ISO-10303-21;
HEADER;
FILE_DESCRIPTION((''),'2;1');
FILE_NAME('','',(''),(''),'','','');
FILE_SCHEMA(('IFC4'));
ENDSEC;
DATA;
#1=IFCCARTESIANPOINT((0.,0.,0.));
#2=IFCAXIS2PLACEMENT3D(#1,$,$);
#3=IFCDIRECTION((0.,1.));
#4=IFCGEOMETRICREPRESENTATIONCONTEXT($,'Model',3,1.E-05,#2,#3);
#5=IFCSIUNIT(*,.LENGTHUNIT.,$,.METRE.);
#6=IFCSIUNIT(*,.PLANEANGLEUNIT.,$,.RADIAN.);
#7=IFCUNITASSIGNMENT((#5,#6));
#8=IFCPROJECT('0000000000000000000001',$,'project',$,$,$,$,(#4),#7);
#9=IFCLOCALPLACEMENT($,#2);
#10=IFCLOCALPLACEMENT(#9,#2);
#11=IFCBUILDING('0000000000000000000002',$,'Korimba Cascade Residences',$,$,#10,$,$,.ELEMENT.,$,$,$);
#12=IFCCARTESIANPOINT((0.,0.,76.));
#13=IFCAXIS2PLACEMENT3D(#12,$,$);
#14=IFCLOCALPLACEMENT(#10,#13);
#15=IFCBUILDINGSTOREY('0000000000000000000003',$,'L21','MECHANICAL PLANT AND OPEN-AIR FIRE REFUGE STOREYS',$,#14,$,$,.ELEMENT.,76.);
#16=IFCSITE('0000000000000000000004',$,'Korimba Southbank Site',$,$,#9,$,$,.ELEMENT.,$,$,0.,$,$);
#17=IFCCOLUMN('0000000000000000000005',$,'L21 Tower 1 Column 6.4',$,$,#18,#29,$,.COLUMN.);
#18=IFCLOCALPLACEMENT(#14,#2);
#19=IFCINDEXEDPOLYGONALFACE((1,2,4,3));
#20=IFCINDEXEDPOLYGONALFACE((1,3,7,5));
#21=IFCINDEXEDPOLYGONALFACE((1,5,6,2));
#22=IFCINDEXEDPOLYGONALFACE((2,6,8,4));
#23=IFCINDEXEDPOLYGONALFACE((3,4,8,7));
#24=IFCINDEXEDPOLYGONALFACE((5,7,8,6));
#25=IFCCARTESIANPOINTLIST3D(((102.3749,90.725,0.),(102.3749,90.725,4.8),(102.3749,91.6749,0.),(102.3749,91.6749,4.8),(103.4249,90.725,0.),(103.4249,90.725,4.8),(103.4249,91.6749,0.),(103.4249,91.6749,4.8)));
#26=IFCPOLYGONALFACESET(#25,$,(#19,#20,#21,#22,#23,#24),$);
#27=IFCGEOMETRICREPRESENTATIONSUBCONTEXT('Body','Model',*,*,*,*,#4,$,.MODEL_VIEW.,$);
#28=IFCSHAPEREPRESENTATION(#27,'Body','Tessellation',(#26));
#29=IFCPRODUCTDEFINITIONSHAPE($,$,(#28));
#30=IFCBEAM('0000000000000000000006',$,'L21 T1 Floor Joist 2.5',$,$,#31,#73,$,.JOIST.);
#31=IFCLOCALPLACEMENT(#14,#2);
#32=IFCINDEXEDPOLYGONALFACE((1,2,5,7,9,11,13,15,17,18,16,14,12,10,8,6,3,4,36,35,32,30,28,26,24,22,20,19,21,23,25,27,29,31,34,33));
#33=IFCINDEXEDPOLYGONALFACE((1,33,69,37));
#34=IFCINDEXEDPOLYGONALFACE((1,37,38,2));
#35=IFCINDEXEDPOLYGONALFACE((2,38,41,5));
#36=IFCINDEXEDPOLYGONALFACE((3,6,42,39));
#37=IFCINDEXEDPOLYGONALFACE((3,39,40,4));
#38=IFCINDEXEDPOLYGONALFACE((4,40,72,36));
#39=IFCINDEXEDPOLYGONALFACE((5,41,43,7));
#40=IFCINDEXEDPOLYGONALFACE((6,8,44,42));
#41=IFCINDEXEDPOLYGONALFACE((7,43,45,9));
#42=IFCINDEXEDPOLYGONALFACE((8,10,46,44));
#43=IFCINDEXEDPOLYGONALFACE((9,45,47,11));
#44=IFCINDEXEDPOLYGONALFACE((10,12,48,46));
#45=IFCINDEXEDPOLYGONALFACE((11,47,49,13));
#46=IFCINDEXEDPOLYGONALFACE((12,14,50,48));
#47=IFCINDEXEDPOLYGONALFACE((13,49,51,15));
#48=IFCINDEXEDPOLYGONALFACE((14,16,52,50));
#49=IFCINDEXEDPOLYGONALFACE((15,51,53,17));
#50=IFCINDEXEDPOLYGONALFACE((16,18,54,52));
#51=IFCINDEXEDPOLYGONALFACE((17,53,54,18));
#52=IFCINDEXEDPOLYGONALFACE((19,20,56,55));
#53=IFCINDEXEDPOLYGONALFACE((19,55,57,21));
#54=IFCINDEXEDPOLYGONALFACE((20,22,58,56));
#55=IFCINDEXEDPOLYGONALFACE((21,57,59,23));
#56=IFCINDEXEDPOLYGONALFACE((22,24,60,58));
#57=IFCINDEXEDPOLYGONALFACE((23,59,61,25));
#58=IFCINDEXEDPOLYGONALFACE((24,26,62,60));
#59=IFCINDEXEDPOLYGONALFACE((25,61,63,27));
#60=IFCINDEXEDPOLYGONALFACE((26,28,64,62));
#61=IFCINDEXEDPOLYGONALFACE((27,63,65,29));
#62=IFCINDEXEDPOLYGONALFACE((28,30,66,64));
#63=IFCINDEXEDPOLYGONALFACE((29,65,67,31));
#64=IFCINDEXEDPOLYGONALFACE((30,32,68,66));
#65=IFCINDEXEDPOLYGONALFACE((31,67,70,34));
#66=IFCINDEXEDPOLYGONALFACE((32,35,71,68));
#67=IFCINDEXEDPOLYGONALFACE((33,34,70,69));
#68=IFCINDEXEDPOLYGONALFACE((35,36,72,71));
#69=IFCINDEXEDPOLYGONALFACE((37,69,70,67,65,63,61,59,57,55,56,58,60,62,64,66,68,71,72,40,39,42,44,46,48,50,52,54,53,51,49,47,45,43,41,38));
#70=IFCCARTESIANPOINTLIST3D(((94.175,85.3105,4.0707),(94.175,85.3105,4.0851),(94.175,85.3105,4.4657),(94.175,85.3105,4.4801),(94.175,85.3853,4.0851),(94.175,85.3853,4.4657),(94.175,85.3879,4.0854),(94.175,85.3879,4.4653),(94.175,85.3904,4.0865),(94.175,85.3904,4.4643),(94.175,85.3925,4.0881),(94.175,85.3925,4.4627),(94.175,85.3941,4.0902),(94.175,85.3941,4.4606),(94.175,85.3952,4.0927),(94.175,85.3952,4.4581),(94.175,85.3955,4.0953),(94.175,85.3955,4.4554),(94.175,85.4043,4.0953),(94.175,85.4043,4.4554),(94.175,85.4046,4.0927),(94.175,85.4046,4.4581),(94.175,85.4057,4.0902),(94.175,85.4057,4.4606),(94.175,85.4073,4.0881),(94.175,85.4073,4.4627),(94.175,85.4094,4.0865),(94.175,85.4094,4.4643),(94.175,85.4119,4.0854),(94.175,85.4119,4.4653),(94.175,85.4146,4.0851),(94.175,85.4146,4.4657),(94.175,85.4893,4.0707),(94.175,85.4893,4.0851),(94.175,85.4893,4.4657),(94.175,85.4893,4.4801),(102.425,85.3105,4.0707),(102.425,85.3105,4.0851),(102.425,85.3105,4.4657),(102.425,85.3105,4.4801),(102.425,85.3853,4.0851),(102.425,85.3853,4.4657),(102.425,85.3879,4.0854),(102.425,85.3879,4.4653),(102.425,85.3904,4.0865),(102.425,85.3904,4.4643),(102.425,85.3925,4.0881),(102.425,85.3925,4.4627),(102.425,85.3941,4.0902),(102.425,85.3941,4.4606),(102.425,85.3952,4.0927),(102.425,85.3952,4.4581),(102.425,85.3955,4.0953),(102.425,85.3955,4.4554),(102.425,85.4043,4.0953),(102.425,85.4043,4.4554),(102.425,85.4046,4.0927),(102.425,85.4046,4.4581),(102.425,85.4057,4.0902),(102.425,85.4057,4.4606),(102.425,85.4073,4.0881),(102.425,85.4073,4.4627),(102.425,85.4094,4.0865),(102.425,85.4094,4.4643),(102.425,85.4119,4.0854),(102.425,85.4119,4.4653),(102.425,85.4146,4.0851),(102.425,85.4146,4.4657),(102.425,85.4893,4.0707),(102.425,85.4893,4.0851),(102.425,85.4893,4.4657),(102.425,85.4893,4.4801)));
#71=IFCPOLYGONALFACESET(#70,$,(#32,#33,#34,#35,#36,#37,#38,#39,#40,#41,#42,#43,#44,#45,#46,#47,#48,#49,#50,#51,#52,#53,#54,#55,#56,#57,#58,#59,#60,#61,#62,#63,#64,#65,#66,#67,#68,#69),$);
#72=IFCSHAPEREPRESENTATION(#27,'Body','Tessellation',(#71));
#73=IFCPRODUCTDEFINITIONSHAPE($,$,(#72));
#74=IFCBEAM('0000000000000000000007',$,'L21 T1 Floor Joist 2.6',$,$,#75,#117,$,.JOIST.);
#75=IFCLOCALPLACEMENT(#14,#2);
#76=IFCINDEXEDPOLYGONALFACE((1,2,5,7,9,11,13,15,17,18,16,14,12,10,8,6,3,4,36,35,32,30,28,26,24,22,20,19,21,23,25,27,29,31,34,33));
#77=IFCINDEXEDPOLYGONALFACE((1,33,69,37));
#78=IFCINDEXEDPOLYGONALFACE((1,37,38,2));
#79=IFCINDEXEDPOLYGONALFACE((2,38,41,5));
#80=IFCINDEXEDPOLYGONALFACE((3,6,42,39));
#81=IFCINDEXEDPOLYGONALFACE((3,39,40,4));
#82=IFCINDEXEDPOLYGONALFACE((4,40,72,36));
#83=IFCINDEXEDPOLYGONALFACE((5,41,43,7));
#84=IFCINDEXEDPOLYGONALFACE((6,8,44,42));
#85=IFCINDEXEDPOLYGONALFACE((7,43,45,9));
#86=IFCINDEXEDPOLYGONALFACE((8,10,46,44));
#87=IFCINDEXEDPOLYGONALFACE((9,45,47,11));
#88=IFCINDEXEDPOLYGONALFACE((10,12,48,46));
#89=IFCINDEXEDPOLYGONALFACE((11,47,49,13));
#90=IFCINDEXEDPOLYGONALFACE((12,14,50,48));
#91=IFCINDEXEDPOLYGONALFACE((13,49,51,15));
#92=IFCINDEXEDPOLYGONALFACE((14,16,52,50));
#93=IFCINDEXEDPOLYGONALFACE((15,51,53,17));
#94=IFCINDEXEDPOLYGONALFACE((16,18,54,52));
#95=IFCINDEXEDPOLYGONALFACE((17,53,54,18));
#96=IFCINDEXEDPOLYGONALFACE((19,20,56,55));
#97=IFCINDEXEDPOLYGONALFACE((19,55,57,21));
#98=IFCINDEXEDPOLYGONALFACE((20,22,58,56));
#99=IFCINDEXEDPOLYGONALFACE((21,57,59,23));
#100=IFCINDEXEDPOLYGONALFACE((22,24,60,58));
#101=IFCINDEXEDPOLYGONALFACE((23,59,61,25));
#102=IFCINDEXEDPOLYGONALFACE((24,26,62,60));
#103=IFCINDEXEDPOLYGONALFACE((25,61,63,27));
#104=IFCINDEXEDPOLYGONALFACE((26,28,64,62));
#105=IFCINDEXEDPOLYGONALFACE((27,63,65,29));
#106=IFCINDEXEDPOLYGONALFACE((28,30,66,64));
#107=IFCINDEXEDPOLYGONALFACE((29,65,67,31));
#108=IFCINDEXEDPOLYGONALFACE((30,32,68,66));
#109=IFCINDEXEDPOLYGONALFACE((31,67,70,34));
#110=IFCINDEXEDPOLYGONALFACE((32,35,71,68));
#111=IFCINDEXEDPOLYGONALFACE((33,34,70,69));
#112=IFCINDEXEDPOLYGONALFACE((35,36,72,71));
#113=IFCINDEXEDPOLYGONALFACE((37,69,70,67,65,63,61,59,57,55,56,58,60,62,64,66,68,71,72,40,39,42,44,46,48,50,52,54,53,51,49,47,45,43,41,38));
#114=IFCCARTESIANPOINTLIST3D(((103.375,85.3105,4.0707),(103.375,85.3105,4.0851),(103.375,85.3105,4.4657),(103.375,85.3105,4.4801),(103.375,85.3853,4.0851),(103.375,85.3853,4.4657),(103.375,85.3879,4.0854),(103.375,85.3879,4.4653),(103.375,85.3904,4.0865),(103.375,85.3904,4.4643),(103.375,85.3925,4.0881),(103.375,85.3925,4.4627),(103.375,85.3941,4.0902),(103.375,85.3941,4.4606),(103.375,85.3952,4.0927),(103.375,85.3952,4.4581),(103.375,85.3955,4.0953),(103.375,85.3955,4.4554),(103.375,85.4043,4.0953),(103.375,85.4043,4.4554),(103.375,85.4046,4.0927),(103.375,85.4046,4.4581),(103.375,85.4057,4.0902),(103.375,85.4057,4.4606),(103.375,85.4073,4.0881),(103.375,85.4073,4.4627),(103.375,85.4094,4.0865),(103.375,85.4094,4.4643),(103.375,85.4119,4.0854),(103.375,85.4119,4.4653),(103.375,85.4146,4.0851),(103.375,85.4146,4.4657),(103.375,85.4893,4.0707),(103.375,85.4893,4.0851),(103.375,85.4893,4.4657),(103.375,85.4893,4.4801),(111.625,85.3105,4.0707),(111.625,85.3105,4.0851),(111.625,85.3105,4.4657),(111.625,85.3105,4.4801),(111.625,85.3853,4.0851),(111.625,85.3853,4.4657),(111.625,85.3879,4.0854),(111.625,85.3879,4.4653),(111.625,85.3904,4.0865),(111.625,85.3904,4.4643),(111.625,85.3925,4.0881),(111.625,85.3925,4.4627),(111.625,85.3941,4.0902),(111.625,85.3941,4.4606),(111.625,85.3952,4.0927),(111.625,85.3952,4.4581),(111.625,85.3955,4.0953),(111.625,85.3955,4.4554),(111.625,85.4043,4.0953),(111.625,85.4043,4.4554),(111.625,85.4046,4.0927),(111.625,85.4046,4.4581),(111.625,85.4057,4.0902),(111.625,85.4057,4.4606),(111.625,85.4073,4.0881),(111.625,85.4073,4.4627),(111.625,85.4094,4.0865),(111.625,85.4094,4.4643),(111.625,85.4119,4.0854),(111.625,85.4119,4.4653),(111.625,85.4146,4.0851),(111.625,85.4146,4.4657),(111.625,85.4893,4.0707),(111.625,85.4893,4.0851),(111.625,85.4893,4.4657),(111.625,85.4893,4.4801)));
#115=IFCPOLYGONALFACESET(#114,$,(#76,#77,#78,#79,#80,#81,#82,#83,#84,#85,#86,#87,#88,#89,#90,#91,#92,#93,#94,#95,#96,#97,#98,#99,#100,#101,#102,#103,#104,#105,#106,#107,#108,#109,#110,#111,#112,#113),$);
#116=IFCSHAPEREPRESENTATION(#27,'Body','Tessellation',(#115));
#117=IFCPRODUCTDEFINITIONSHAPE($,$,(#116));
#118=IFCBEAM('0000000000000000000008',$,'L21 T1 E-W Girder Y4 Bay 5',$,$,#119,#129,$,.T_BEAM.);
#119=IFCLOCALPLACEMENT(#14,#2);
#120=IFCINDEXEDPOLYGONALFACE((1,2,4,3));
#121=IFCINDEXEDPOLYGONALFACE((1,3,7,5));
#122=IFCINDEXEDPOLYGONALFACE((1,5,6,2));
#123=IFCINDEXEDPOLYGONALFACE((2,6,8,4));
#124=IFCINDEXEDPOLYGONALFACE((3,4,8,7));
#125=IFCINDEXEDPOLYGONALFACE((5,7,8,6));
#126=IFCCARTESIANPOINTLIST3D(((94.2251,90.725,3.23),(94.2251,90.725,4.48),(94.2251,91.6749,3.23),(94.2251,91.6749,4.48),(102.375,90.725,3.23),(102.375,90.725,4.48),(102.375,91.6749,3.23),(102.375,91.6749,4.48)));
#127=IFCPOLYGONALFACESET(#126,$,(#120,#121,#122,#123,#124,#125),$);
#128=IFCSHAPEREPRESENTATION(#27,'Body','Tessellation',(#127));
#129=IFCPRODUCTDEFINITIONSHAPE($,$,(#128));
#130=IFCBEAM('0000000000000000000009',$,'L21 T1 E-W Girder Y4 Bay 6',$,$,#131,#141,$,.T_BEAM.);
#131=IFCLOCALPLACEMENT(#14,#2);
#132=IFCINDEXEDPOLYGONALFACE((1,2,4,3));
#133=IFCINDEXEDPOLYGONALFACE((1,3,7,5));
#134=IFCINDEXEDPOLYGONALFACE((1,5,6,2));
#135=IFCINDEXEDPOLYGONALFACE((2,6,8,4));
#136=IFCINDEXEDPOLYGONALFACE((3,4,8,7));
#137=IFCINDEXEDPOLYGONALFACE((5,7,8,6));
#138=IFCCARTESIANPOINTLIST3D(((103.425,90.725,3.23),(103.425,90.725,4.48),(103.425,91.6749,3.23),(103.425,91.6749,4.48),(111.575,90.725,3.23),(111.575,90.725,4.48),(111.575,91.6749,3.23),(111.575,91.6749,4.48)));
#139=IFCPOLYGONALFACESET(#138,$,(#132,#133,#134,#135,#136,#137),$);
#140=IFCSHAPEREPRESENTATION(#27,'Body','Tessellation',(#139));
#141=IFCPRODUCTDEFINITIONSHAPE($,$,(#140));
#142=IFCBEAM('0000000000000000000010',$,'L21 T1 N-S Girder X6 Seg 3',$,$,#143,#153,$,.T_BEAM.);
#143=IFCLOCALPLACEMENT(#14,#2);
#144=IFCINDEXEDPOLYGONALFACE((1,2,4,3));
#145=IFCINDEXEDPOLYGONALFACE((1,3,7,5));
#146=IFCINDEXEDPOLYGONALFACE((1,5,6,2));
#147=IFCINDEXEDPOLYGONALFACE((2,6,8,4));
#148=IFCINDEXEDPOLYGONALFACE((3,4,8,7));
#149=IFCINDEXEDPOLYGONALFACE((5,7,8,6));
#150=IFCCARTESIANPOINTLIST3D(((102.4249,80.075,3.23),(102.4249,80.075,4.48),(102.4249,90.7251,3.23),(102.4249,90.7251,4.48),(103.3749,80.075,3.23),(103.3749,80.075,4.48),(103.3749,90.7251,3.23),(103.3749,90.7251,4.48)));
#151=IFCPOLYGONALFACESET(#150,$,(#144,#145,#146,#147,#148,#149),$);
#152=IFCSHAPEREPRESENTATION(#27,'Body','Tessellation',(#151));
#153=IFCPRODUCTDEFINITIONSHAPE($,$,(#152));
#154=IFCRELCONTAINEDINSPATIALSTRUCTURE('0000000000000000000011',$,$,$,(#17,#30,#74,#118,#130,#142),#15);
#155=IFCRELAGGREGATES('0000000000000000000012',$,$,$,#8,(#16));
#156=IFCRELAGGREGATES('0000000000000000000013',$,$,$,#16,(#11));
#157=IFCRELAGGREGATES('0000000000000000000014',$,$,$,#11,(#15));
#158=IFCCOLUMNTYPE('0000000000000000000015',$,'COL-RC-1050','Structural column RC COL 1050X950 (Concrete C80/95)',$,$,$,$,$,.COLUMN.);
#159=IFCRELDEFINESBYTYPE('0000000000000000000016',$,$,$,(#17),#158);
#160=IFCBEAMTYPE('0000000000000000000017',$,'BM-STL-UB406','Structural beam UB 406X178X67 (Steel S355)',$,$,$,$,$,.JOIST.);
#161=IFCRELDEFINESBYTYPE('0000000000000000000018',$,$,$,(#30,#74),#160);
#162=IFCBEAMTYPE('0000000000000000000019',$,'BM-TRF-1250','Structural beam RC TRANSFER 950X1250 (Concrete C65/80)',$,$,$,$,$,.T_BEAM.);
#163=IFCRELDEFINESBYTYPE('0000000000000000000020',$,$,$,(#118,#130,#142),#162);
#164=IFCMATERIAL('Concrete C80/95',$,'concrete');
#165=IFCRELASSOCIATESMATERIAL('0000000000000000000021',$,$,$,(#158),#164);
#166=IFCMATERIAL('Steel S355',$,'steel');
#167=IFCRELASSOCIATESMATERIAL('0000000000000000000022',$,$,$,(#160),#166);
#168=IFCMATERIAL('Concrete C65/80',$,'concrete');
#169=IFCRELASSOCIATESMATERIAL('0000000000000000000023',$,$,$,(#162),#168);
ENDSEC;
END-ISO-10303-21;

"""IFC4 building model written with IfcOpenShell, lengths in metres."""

from ifc_helpers import new_model, si_unit, direction, frame, origin, origin_2d, place, context, subcontext, project, spatial, rectangle, i_section, extrude, material, material_profile, profile_set, type_object, element, save


model = new_model("IFC4")

# Units and contexts
model_context = context("Model", 3, precision=1e-05, world=origin(), true_north=direction((0.0, 1.0)))
body_context = subcontext(model_context, "Body", "Model", "MODEL_VIEW")
ifc_project = project(units=[si_unit("LENGTHUNIT", "METRE"), si_unit("PLANEANGLEUNIT", "RADIAN")], contexts=[model_context])

# Site, building, storey
site_placement = place(None, origin())
site = spatial("IfcSite", under=ifc_project, at=site_placement, Name="Korimba Southbank Site", CompositionType="ELEMENT", RefElevation=0.0)
building_placement = place(site_placement, origin())
building = spatial("IfcBuilding", under=site, at=building_placement, Name="Korimba Cascade Residences", CompositionType="ELEMENT")
storey_placement = place(building_placement, frame((0.0, 0.0, 76.0)))
storey = spatial("IfcBuildingStorey", under=building, at=storey_placement, Name="L21", Description="MECHANICAL PLANT AND OPEN-AIR FIRE REFUGE STOREYS", CompositionType="ELEMENT", Elevation=76.0)

# Column
ifc_material_1 = material(Name="Concrete C80/95", Category="concrete")
ifc_material_profile_1 = material_profile(ifc_material_1, rectangle(XDim=1.05, YDim=0.95, at=origin_2d()), Name="Concrete C80/95")
ifc_profile_set_1 = profile_set([ifc_material_profile_1], Name="Concrete C80/95")
column_type = type_object("IfcColumnType", Name="COL-RC-1050", Description="Structural column RC COL 1050X950 (Concrete C80/95)", PredefinedType="COLUMN", material=ifc_profile_set_1)
column_placement = place(storey_placement, frame((102.8999, 91.2, 0.0), z_axis=(0.0, 0.0, 1.0), x_axis=(1.0, 0.0, 0.0)))
element("IfcColumn", 1, at=column_placement, inside=storey, type_object=column_type, Name="L21 Tower 1 Column 6.4", PredefinedType="COLUMN", context=body_context, shape_type="SweptSolid", body=[
    extrude(rectangle(XDim=1.05, YDim=0.95, at=origin_2d()), origin(), (0.0, 0.0, 1.0), 4.8),
])

# Beams
ifc_material_2 = material(Name="Steel S355", Category="steel")
ifc_material_profile_2 = material_profile(ifc_material_2, i_section(OverallWidth=0.1787, OverallDepth=0.4094, WebThickness=0.0088, FlangeThickness=0.0144, FilletRadius=0.0103, at=origin_2d()), Name="Steel S355")
ifc_profile_set_2 = profile_set([ifc_material_profile_2], Name="Steel S355")
beam_type_1 = type_object("IfcBeamType", Name="BM-STL-UB406", Description="Structural beam UB 406X178X67 (Steel S355)", PredefinedType="JOIST", material=ifc_profile_set_2)
for number, where, z_axis, x_axis, name in (
    (2, (94.175, 85.3999, 4.2754), (1.0, 0.0, 0.0), (0.0, 1.0, 0.0), "L21 T1 Floor Joist 2.5"),
    (3, (103.375, 85.3999, 4.2754), (1.0, 0.0, 0.0), (0.0, 1.0, 0.0), "L21 T1 Floor Joist 2.6"),
):
    element("IfcBeam", number, at=place(storey_placement, frame(where, z_axis=z_axis, x_axis=x_axis)), inside=storey, type_object=beam_type_1, Name=name, PredefinedType="JOIST", context=body_context, shape_type="SweptSolid", body=[
        extrude(i_section(OverallWidth=0.1787, OverallDepth=0.4094, WebThickness=0.0088, FlangeThickness=0.0144, FilletRadius=0.0103, at=origin_2d()), origin(), (0.0, 0.0, 1.0), 8.25),
    ])
ifc_material_3 = material(Name="Concrete C65/80", Category="concrete")
ifc_material_profile_3 = material_profile(ifc_material_3, rectangle(XDim=0.95, YDim=1.25, at=origin_2d()), Name="Concrete C65/80")
ifc_profile_set_3 = profile_set([ifc_material_profile_3], Name="Concrete C65/80")
beam_type_2 = type_object("IfcBeamType", Name="BM-TRF-1250", Description="Structural beam RC TRANSFER 950X1250 (Concrete C65/80)", PredefinedType="T_BEAM", material=ifc_profile_set_3)
for number, where, z_axis, x_axis, name in (
    (4, (94.2251, 91.2, 3.855), (1.0, 0.0, 0.0), (0.0, 1.0, 0.0), "L21 T1 E-W Girder Y4 Bay 5"),
    (5, (103.425, 91.2, 3.855), (1.0, 0.0, 0.0), (0.0, 1.0, 0.0), "L21 T1 E-W Girder Y4 Bay 6"),
):
    element("IfcBeam", number, at=place(storey_placement, frame(where, z_axis=z_axis, x_axis=x_axis)), inside=storey, type_object=beam_type_2, Name=name, PredefinedType="T_BEAM", context=body_context, shape_type="SweptSolid", body=[
        extrude(rectangle(XDim=0.95, YDim=1.25, at=origin_2d()), origin(), (0.0, 0.0, 1.0), 8.1499),
    ])
beam_placement = place(storey_placement, frame((102.8999, 80.075, 3.855), z_axis=(0.0, 1.0, 0.0), x_axis=(-1.0, 0.0, 0.0)))
element("IfcBeam", 6, at=beam_placement, inside=storey, type_object=beam_type_2, Name="L21 T1 N-S Girder X6 Seg 3", PredefinedType="T_BEAM", context=body_context, shape_type="SweptSolid", body=[
    extrude(rectangle(XDim=0.95, YDim=1.25, at=origin_2d()), origin(), (0.0, 0.0, 1.0), 10.6501),
])

save(model, "model.ifc")
